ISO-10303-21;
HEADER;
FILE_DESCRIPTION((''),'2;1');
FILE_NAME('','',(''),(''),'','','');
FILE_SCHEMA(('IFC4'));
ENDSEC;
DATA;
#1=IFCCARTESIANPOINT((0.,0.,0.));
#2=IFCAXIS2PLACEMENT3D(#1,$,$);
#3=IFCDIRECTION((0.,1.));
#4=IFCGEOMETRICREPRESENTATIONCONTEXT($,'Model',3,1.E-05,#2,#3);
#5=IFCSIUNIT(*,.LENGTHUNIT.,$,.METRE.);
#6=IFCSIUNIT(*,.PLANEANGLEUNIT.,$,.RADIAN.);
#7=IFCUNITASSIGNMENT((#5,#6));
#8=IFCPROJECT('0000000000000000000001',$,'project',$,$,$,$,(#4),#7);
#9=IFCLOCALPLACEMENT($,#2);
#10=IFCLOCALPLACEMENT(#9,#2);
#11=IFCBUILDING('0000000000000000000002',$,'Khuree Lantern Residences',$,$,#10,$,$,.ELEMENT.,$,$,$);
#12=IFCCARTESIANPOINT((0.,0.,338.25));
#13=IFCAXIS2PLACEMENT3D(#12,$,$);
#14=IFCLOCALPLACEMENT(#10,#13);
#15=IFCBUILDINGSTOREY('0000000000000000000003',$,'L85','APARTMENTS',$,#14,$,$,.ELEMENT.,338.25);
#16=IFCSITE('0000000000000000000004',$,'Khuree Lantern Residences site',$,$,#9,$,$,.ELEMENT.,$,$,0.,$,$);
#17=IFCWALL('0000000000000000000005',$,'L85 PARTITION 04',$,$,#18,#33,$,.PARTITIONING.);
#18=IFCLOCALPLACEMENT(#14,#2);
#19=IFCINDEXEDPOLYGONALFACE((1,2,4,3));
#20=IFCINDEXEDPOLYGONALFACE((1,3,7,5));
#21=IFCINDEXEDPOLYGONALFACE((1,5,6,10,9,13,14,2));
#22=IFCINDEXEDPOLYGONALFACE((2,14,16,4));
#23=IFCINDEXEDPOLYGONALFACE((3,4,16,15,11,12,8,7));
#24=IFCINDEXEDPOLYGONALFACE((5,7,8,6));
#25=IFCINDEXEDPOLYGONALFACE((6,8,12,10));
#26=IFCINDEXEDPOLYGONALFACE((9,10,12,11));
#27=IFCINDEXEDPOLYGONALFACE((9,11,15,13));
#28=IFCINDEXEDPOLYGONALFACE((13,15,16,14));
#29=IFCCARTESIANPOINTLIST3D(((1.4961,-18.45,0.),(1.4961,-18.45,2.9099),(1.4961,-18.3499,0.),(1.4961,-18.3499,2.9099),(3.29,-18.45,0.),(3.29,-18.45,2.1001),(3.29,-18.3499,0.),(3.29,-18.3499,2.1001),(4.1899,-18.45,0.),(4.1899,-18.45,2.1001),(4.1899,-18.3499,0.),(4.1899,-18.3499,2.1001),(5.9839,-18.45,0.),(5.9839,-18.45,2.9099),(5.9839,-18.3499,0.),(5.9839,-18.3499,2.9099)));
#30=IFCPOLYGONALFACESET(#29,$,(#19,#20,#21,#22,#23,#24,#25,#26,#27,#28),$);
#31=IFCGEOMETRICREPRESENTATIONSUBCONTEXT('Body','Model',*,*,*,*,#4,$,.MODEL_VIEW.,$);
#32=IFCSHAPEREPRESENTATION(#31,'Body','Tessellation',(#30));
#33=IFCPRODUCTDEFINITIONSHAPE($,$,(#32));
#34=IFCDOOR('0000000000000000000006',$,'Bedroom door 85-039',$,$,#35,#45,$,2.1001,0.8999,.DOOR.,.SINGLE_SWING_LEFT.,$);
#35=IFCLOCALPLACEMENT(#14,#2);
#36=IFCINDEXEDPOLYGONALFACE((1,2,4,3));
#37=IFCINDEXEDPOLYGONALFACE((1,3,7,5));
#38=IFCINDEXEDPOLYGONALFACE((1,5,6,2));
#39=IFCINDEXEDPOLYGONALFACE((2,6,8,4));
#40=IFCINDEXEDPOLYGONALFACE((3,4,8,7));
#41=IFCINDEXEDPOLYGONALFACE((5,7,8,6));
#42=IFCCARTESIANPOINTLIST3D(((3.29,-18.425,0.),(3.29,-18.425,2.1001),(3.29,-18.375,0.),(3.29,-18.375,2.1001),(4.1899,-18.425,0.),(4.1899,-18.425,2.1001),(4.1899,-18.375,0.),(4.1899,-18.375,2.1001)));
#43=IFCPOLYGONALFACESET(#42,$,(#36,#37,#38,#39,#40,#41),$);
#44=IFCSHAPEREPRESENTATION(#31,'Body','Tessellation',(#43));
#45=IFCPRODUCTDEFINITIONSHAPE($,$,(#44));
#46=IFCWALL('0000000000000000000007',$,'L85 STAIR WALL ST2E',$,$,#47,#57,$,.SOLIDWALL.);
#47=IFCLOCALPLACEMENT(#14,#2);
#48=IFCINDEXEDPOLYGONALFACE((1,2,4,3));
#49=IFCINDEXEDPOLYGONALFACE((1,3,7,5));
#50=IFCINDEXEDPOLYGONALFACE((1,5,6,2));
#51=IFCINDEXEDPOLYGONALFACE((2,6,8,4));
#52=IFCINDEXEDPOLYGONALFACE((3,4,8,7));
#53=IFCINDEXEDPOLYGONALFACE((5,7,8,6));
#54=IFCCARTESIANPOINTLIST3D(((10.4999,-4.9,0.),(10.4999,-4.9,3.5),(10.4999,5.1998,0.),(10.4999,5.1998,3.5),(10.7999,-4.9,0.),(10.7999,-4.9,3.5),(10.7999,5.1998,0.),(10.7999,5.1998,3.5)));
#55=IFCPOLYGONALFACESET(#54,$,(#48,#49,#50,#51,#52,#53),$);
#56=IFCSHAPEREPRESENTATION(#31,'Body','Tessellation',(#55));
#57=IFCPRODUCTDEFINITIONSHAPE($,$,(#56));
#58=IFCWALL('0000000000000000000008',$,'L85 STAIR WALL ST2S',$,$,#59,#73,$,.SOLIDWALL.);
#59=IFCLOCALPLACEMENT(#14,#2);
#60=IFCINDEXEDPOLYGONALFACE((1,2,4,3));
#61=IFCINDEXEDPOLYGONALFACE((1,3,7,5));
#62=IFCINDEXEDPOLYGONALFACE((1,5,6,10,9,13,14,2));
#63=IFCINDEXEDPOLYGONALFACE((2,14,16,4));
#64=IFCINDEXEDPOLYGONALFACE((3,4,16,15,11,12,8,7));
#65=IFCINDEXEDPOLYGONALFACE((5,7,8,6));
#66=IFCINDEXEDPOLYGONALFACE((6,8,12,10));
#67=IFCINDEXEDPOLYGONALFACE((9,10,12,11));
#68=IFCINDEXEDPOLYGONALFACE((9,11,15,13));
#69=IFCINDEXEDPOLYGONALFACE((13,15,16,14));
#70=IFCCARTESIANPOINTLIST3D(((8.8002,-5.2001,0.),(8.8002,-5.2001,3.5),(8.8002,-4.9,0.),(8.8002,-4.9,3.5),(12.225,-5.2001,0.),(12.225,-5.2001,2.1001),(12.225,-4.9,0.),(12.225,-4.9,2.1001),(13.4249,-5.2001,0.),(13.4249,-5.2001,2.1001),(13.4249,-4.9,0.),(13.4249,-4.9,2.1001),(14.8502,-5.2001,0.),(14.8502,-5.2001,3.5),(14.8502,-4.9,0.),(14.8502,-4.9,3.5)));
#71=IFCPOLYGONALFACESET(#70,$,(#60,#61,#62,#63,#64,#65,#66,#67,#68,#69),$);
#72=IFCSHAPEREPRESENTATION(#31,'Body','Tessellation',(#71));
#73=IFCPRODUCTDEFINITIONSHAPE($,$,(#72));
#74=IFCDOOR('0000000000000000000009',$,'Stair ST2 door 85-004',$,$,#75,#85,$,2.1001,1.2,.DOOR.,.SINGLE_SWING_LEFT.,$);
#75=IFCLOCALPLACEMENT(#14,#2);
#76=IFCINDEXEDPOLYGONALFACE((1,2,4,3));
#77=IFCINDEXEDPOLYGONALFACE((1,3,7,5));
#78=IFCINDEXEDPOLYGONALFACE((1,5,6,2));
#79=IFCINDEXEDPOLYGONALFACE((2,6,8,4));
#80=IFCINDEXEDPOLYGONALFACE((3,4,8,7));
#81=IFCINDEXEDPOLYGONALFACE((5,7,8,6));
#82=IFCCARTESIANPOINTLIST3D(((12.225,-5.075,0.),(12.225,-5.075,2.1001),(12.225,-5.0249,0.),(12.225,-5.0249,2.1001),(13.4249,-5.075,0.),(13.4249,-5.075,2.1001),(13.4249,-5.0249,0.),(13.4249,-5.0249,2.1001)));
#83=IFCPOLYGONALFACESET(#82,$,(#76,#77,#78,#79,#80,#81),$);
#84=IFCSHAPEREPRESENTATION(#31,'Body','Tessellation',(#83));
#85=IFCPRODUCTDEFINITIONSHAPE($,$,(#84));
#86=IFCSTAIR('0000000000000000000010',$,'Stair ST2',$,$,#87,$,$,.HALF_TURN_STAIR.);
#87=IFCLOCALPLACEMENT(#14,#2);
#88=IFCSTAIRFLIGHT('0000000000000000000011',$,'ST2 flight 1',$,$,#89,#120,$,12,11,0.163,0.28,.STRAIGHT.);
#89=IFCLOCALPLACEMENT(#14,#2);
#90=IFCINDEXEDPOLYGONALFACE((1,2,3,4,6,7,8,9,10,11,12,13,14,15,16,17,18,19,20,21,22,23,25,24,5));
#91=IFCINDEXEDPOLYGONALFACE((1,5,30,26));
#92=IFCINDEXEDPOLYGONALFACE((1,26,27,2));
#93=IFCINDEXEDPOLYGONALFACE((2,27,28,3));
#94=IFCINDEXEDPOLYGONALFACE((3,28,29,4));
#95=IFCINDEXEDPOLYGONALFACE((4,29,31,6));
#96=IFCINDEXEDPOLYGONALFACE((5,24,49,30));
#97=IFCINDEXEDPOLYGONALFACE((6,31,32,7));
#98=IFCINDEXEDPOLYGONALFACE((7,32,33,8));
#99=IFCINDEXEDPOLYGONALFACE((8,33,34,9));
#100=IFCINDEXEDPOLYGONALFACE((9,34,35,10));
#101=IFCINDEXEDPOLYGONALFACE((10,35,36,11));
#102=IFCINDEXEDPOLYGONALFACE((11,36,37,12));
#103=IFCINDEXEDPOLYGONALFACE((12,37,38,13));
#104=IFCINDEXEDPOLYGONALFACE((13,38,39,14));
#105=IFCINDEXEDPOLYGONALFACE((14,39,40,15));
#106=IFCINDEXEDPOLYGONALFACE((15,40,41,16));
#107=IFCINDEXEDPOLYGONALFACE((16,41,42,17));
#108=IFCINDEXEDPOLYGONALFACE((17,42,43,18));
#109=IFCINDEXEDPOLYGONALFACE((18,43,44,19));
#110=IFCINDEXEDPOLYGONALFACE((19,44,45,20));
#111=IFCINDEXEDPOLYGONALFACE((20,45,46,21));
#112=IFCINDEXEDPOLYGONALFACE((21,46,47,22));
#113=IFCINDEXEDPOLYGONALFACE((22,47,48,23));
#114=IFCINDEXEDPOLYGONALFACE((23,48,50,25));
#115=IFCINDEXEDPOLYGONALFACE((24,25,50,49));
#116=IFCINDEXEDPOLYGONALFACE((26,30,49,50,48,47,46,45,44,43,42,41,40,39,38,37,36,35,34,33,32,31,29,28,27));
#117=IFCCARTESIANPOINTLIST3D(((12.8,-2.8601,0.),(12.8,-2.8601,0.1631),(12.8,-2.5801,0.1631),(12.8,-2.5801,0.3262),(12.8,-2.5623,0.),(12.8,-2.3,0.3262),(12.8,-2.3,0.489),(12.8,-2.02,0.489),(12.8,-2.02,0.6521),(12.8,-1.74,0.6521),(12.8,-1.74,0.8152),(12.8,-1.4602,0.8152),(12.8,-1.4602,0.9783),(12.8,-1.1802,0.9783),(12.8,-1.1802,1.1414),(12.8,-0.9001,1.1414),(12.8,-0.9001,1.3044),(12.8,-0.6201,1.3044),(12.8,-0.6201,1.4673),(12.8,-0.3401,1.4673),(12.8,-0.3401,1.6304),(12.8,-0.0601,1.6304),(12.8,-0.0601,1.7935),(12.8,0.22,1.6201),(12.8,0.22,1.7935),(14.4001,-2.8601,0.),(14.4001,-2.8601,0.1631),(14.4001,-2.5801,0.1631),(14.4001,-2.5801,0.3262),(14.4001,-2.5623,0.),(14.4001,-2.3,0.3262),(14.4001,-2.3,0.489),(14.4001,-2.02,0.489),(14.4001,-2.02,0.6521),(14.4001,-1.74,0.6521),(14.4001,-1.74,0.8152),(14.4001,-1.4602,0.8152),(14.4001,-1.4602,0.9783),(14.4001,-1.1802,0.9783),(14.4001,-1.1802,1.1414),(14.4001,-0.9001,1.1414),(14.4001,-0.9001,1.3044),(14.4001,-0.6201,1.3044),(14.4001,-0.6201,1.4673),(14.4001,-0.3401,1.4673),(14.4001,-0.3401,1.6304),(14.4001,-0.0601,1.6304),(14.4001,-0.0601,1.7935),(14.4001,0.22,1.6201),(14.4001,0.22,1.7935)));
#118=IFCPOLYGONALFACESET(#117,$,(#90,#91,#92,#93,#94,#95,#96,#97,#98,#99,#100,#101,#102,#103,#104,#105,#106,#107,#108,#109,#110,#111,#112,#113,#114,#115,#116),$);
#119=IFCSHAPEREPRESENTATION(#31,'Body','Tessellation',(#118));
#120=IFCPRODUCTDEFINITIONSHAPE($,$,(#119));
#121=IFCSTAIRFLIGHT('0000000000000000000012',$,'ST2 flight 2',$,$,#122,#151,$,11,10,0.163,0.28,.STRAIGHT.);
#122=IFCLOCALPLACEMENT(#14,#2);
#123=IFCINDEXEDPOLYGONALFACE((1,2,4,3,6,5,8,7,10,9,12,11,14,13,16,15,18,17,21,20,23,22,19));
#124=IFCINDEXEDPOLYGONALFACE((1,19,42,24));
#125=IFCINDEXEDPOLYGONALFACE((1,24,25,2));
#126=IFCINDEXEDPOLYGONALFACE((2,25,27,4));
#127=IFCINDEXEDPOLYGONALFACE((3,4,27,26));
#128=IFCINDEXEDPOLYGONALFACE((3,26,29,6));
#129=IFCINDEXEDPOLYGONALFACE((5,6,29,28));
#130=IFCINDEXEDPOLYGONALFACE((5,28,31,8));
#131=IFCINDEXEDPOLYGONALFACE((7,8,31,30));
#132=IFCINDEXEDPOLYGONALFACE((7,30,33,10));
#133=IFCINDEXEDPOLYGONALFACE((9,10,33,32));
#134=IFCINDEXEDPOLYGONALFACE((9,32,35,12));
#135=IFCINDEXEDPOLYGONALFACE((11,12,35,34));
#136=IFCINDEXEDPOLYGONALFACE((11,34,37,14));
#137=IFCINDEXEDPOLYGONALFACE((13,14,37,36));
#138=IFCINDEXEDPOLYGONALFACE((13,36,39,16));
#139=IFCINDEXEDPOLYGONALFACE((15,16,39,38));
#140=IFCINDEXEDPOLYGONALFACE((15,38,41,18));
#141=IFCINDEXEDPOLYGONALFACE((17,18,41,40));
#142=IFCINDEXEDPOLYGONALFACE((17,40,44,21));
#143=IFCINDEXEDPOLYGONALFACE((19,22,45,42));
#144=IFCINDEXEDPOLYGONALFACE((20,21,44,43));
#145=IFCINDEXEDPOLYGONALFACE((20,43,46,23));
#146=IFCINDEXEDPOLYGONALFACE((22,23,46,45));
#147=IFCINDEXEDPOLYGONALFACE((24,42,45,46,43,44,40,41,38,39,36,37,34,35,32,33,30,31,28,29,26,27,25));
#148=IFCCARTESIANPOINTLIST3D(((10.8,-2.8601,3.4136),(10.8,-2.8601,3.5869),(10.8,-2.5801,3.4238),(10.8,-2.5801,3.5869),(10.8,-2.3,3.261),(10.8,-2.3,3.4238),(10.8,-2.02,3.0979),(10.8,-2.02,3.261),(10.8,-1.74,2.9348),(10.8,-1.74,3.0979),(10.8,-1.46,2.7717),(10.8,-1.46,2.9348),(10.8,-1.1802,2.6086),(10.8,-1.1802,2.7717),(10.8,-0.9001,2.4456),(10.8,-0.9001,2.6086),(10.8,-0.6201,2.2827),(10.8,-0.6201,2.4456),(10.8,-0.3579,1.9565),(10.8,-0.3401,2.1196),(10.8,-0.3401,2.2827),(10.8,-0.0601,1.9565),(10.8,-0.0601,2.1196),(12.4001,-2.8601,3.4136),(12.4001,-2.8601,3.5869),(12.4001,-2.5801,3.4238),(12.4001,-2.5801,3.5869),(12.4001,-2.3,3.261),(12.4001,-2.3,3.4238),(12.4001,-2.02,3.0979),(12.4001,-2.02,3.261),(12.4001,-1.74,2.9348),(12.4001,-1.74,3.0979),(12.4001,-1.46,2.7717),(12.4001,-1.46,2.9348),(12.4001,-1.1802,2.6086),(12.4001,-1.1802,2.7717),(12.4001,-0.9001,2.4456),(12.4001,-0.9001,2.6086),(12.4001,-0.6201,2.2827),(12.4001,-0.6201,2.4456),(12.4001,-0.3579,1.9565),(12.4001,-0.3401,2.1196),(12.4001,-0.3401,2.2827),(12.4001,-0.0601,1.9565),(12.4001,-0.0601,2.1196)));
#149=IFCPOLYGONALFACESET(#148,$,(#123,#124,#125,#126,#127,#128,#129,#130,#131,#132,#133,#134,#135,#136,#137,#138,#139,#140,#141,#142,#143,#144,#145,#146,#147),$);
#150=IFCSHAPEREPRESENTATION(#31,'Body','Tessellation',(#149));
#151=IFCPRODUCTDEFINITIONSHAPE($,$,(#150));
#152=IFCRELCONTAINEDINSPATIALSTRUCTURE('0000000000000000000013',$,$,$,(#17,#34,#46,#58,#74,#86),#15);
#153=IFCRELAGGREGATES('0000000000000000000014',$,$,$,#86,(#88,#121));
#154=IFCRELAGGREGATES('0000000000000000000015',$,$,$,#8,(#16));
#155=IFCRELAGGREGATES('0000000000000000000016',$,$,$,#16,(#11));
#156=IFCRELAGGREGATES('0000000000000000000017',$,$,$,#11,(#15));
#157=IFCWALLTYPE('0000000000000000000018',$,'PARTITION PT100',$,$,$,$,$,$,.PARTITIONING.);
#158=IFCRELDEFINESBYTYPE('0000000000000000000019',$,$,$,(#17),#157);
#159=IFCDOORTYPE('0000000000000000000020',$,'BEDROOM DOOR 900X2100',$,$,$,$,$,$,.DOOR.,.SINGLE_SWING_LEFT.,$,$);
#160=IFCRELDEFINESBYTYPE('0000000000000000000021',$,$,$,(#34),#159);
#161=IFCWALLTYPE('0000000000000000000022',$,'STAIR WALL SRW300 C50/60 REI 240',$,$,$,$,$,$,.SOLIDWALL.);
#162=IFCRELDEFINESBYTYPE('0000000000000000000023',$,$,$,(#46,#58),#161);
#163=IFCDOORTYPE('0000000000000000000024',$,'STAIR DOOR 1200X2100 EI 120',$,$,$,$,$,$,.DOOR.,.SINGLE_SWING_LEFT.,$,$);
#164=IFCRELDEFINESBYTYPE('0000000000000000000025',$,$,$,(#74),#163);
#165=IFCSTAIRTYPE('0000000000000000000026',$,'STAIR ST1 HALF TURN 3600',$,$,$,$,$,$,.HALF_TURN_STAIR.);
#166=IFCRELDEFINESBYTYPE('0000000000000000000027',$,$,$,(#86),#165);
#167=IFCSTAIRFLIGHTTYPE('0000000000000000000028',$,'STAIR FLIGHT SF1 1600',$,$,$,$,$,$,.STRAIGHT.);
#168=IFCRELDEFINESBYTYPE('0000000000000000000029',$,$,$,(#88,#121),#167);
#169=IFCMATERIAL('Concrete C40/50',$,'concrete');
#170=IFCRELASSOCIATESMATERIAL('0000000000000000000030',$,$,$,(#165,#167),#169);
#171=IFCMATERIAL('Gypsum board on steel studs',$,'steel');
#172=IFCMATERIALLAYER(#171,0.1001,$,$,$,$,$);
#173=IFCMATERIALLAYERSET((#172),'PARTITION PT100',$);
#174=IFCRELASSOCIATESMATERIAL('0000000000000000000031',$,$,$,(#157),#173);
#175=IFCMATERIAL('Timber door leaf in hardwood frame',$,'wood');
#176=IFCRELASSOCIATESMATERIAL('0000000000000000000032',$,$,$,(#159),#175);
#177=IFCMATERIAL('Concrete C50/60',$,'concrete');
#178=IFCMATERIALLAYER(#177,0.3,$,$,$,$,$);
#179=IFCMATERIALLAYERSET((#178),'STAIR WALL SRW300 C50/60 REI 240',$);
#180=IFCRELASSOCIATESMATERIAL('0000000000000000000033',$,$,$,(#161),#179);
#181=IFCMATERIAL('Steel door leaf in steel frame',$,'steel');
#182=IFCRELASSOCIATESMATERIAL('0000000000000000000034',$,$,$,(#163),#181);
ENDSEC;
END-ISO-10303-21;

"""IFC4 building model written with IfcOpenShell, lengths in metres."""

from ifc_helpers import new_model, si_unit, direction, frame, frame_2d, origin, place, context, subcontext, project, spatial, polyline, rectangle, outline, extrude, material, layer, layer_set, type_object, element, fill, aggregate, save


model = new_model("IFC4")

# Units and contexts
model_context = context("Model", 3, precision=1e-05, world=origin(), true_north=direction((0.0, 1.0)))
body_context = subcontext(model_context, "Body", "Model", "MODEL_VIEW")
ifc_project = project(units=[si_unit("LENGTHUNIT", "METRE"), si_unit("PLANEANGLEUNIT", "RADIAN")], contexts=[model_context])

# Site, building, storey
site_placement = place(None, origin())
site = spatial("IfcSite", under=ifc_project, at=site_placement, Name="Khuree Lantern Residences site", CompositionType="ELEMENT", RefElevation=0.0)
building_placement = place(site_placement, origin())
building = spatial("IfcBuilding", under=site, at=building_placement, Name="Khuree Lantern Residences", CompositionType="ELEMENT")
storey_placement = place(building_placement, frame((0.0, 0.0, 338.25)))
storey = spatial("IfcBuildingStorey", under=building, at=storey_placement, Name="L85", Description="APARTMENTS", CompositionType="ELEMENT", Elevation=338.25)

# Shared definitions
ifc_material_1 = material(Name="Concrete C40/50", Category="concrete")
stair_type = type_object("IfcStairType", Name="STAIR ST1 HALF TURN 3600", PredefinedType="HALF_TURN_STAIR", material=ifc_material_1)

# Shared definitions
ifc_material_2 = material(Name="Timber door leaf in hardwood frame", Category="wood")

# Shared definitions
ifc_material_3 = material(Name="Gypsum board on steel studs", Category="steel")
ifc_layer_1 = layer(ifc_material_3, 0.1001)
ifc_layer_set_1 = layer_set([ifc_layer_1], Name="PARTITION PT100")
wall_type_1 = type_object("IfcWallType", Name="PARTITION PT100", PredefinedType="PARTITIONING", material=ifc_layer_set_1)

# Wall, opening, door
wall_1_placement = place(storey_placement, frame((1.4961, -18.3999, 0.0), z_axis=(0.0, 0.0, 1.0), x_axis=(1.0, 0.0, 0.0)))
wall_1 = element("IfcWall", 1, at=wall_1_placement, inside=storey, type_object=wall_type_1, Name="L85 PARTITION 04", PredefinedType="PARTITIONING", context=body_context, shape_type="SweptSolid", body=[
    extrude(rectangle(XDim=4.4878, YDim=0.1001, at=frame_2d((2.2439, 0.0))), origin(), (0.0, 0.0, 1.0), 2.9099),
])
opening_1_placement = place(wall_1_placement, frame((1.7939, 0.0, 0.0)))
opening_1 = element("IfcOpeningElement", 2, at=opening_1_placement, cuts=wall_1, PredefinedType="OPENING", context=body_context, shape_type="SweptSolid", body=[
    extrude(rectangle(XDim=0.8999, YDim=2.1001, at=frame_2d((0.45, 1.05))), frame((0.0, 0.0601, 0.0), z_axis=(0.0, -1.0, 0.0), x_axis=(1.0, 0.0, 0.0)), (0.0, 0.0, 1.0), 0.1201),
])
door_type_1 = type_object("IfcDoorType", Name="BEDROOM DOOR 900X2100", OperationType="SINGLE_SWING_LEFT", PredefinedType="DOOR", material=ifc_material_2)
door_1_placement = place(opening_1_placement, origin())
door_1 = element("IfcDoor", 3, at=door_1_placement, inside=storey, type_object=door_type_1, Name="Bedroom door 85-039", OperationType="SINGLE_SWING_LEFT", OverallHeight=2.1001, OverallWidth=0.8999, PredefinedType="DOOR", context=body_context, shape_type="SweptSolid", body=[
    extrude(rectangle(XDim=0.8999, YDim=2.1001, at=frame_2d((0.45, 1.05))), frame((0.0, 0.0249, 0.0), z_axis=(0.0, -1.0, 0.0), x_axis=(1.0, 0.0, 0.0)), (0.0, 0.0, 1.0), 0.05),
])
fill(opening_1, door_1)

# Wall
ifc_material_4 = material(Name="Concrete C50/60", Category="concrete")
ifc_layer_2 = layer(ifc_material_4, 0.3)
ifc_layer_set_2 = layer_set([ifc_layer_2], Name="STAIR WALL SRW300 C50/60 REI 240")
wall_type_2 = type_object("IfcWallType", Name="STAIR WALL SRW300 C50/60 REI 240", PredefinedType="SOLIDWALL", material=ifc_layer_set_2)
wall_2_placement = place(storey_placement, frame((10.6499, -4.8999, 0.0), z_axis=(0.0, 0.0, 1.0), x_axis=(0.0, 1.0, 0.0)))
element("IfcWall", 4, at=wall_2_placement, inside=storey, type_object=wall_type_2, Name="L85 STAIR WALL ST2E", PredefinedType="SOLIDWALL", context=body_context, shape_type="SweptSolid", body=[
    extrude(rectangle(XDim=10.0999, YDim=0.3, at=frame_2d((5.0498, 0.0))), origin(), (0.0, 0.0, 1.0), 3.5),
])

# Wall, opening, door
wall_3_placement = place(storey_placement, frame((14.8501, -5.05, 0.0), z_axis=(0.0, 0.0, 1.0), x_axis=(-1.0, 0.0, 0.0)))
wall_3 = element("IfcWall", 5, at=wall_3_placement, inside=storey, type_object=wall_type_2, Name="L85 STAIR WALL ST2S", PredefinedType="SOLIDWALL", context=body_context, shape_type="SweptSolid", body=[
    extrude(rectangle(XDim=6.05, YDim=0.3, at=frame_2d((3.0249, 0.0))), origin(), (0.0, 0.0, 1.0), 3.5),
])
opening_2_placement = place(wall_3_placement, frame((1.425, 0.0, 0.0)))
opening_2 = element("IfcOpeningElement", 6, at=opening_2_placement, cuts=wall_3, PredefinedType="OPENING", context=body_context, shape_type="SweptSolid", body=[
    extrude(rectangle(XDim=1.2, YDim=2.1001, at=frame_2d((0.6001, 1.05))), frame((0.0, 0.1602, 0.0), z_axis=(0.0, -1.0, 0.0), x_axis=(1.0, 0.0, 0.0)), (0.0, 0.0, 1.0), 0.3201),
])
ifc_material_5 = material(Name="Steel door leaf in steel frame", Category="steel")
door_type_2 = type_object("IfcDoorType", Name="STAIR DOOR 1200X2100 EI 120", OperationType="SINGLE_SWING_LEFT", PredefinedType="DOOR", material=ifc_material_5)
door_2_placement = place(opening_2_placement, origin())
door_2 = element("IfcDoor", 7, at=door_2_placement, inside=storey, type_object=door_type_2, Name="Stair ST2 door 85-004", OperationType="SINGLE_SWING_LEFT", OverallHeight=2.1001, OverallWidth=1.2, PredefinedType="DOOR", context=body_context, shape_type="SweptSolid", body=[
    extrude(rectangle(XDim=1.2, YDim=2.1001, at=frame_2d((0.6001, 1.05))), frame((0.0, 0.0249, 0.0), z_axis=(0.0, -1.0, 0.0), x_axis=(1.0, 0.0, 0.0)), (0.0, 0.0, 1.0), 0.05),
])
fill(opening_2, door_2)

# Stair, stair flights
stair_1_placement = place(storey_placement, origin())
stair_1 = element("IfcStair", 8, at=stair_1_placement, inside=storey, type_object=stair_type, Name="Stair ST2", PredefinedType="HALF_TURN_STAIR")
stair_flight_type = type_object("IfcStairFlightType", Name="STAIR FLIGHT SF1 1600", PredefinedType="STRAIGHT", material=ifc_material_1)
stair_flight_1_placement = place(storey_placement, frame((13.6001, -2.8601, 0.0), z_axis=(0.0, 0.0, 1.0), x_axis=(0.0, 1.0, 0.0)))
stair_flight_1 = element("IfcStairFlight", 9, at=stair_flight_1_placement, type_object=stair_flight_type, Name="ST2 flight 1", NumberOfRisers=12, NumberOfTreads=11, PredefinedType="STRAIGHT", RiserHeight=0.163, TreadLength=0.28, context=body_context, shape_type="SweptSolid", body=[
    extrude(outline(polyline([(0.0, 0.0), (0.0, 0.1631), (0.28, 0.1631), (0.28, 0.3262), (0.5601, 0.3262), (0.5601, 0.489), (0.8401, 0.489), (0.8401, 0.6521), (1.1201, 0.6521), (1.1201, 0.8152), (1.3999, 0.8152), (1.3999, 0.9783), (1.6799, 0.9783), (1.6799, 1.1414), (1.96, 1.1414), (1.96, 1.3044), (2.24, 1.3044), (2.24, 1.4673), (2.52, 1.4673), (2.52, 1.6304), (2.8, 1.6304), (2.8, 1.7935), (3.0801, 1.7935), (3.0801, 1.9565), (3.0801, 1.6201), (0.2979, 0.0), (0.0, 0.0)])), frame((0.0, 0.8, 0.0), z_axis=(0.0, -1.0, 0.0), x_axis=(1.0, 0.0, 0.0)), (0.0, 0.0, 1.0), 1.6001),
])
stair_flight_2_placement = place(storey_placement, frame((11.6001, -0.0601, 1.9565), z_axis=(0.0, 0.0, 1.0), x_axis=(0.0, -1.0, 0.0)))
stair_flight_2 = element("IfcStairFlight", 10, at=stair_flight_2_placement, type_object=stair_flight_type, Name="ST2 flight 2", NumberOfRisers=11, NumberOfTreads=10, PredefinedType="STRAIGHT", RiserHeight=0.163, TreadLength=0.28, context=body_context, shape_type="SweptSolid", body=[
    extrude(outline(polyline([(0.0, 0.0), (0.0, 0.1631), (0.28, 0.1631), (0.28, 0.3262), (0.5601, 0.3262), (0.5601, 0.489), (0.8401, 0.489), (0.8401, 0.6521), (1.1201, 0.6521), (1.1201, 0.8152), (1.3999, 0.8152), (1.3999, 0.9783), (1.6799, 0.9783), (1.6799, 1.1414), (1.96, 1.1414), (1.96, 1.3044), (2.24, 1.3044), (2.24, 1.4673), (2.52, 1.4673), (2.52, 1.6304), (2.8, 1.6304), (2.8, 1.7935), (2.8, 1.457), (0.2979, 0.0), (0.0, 0.0)])), frame((0.0, 0.8, 0.0), z_axis=(0.0, -1.0, 0.0), x_axis=(1.0, 0.0, 0.0)), (0.0, 0.0, 1.0), 1.6001),
])
aggregate(stair_1, [stair_flight_1, stair_flight_2])

save(model, "model.ifc")
